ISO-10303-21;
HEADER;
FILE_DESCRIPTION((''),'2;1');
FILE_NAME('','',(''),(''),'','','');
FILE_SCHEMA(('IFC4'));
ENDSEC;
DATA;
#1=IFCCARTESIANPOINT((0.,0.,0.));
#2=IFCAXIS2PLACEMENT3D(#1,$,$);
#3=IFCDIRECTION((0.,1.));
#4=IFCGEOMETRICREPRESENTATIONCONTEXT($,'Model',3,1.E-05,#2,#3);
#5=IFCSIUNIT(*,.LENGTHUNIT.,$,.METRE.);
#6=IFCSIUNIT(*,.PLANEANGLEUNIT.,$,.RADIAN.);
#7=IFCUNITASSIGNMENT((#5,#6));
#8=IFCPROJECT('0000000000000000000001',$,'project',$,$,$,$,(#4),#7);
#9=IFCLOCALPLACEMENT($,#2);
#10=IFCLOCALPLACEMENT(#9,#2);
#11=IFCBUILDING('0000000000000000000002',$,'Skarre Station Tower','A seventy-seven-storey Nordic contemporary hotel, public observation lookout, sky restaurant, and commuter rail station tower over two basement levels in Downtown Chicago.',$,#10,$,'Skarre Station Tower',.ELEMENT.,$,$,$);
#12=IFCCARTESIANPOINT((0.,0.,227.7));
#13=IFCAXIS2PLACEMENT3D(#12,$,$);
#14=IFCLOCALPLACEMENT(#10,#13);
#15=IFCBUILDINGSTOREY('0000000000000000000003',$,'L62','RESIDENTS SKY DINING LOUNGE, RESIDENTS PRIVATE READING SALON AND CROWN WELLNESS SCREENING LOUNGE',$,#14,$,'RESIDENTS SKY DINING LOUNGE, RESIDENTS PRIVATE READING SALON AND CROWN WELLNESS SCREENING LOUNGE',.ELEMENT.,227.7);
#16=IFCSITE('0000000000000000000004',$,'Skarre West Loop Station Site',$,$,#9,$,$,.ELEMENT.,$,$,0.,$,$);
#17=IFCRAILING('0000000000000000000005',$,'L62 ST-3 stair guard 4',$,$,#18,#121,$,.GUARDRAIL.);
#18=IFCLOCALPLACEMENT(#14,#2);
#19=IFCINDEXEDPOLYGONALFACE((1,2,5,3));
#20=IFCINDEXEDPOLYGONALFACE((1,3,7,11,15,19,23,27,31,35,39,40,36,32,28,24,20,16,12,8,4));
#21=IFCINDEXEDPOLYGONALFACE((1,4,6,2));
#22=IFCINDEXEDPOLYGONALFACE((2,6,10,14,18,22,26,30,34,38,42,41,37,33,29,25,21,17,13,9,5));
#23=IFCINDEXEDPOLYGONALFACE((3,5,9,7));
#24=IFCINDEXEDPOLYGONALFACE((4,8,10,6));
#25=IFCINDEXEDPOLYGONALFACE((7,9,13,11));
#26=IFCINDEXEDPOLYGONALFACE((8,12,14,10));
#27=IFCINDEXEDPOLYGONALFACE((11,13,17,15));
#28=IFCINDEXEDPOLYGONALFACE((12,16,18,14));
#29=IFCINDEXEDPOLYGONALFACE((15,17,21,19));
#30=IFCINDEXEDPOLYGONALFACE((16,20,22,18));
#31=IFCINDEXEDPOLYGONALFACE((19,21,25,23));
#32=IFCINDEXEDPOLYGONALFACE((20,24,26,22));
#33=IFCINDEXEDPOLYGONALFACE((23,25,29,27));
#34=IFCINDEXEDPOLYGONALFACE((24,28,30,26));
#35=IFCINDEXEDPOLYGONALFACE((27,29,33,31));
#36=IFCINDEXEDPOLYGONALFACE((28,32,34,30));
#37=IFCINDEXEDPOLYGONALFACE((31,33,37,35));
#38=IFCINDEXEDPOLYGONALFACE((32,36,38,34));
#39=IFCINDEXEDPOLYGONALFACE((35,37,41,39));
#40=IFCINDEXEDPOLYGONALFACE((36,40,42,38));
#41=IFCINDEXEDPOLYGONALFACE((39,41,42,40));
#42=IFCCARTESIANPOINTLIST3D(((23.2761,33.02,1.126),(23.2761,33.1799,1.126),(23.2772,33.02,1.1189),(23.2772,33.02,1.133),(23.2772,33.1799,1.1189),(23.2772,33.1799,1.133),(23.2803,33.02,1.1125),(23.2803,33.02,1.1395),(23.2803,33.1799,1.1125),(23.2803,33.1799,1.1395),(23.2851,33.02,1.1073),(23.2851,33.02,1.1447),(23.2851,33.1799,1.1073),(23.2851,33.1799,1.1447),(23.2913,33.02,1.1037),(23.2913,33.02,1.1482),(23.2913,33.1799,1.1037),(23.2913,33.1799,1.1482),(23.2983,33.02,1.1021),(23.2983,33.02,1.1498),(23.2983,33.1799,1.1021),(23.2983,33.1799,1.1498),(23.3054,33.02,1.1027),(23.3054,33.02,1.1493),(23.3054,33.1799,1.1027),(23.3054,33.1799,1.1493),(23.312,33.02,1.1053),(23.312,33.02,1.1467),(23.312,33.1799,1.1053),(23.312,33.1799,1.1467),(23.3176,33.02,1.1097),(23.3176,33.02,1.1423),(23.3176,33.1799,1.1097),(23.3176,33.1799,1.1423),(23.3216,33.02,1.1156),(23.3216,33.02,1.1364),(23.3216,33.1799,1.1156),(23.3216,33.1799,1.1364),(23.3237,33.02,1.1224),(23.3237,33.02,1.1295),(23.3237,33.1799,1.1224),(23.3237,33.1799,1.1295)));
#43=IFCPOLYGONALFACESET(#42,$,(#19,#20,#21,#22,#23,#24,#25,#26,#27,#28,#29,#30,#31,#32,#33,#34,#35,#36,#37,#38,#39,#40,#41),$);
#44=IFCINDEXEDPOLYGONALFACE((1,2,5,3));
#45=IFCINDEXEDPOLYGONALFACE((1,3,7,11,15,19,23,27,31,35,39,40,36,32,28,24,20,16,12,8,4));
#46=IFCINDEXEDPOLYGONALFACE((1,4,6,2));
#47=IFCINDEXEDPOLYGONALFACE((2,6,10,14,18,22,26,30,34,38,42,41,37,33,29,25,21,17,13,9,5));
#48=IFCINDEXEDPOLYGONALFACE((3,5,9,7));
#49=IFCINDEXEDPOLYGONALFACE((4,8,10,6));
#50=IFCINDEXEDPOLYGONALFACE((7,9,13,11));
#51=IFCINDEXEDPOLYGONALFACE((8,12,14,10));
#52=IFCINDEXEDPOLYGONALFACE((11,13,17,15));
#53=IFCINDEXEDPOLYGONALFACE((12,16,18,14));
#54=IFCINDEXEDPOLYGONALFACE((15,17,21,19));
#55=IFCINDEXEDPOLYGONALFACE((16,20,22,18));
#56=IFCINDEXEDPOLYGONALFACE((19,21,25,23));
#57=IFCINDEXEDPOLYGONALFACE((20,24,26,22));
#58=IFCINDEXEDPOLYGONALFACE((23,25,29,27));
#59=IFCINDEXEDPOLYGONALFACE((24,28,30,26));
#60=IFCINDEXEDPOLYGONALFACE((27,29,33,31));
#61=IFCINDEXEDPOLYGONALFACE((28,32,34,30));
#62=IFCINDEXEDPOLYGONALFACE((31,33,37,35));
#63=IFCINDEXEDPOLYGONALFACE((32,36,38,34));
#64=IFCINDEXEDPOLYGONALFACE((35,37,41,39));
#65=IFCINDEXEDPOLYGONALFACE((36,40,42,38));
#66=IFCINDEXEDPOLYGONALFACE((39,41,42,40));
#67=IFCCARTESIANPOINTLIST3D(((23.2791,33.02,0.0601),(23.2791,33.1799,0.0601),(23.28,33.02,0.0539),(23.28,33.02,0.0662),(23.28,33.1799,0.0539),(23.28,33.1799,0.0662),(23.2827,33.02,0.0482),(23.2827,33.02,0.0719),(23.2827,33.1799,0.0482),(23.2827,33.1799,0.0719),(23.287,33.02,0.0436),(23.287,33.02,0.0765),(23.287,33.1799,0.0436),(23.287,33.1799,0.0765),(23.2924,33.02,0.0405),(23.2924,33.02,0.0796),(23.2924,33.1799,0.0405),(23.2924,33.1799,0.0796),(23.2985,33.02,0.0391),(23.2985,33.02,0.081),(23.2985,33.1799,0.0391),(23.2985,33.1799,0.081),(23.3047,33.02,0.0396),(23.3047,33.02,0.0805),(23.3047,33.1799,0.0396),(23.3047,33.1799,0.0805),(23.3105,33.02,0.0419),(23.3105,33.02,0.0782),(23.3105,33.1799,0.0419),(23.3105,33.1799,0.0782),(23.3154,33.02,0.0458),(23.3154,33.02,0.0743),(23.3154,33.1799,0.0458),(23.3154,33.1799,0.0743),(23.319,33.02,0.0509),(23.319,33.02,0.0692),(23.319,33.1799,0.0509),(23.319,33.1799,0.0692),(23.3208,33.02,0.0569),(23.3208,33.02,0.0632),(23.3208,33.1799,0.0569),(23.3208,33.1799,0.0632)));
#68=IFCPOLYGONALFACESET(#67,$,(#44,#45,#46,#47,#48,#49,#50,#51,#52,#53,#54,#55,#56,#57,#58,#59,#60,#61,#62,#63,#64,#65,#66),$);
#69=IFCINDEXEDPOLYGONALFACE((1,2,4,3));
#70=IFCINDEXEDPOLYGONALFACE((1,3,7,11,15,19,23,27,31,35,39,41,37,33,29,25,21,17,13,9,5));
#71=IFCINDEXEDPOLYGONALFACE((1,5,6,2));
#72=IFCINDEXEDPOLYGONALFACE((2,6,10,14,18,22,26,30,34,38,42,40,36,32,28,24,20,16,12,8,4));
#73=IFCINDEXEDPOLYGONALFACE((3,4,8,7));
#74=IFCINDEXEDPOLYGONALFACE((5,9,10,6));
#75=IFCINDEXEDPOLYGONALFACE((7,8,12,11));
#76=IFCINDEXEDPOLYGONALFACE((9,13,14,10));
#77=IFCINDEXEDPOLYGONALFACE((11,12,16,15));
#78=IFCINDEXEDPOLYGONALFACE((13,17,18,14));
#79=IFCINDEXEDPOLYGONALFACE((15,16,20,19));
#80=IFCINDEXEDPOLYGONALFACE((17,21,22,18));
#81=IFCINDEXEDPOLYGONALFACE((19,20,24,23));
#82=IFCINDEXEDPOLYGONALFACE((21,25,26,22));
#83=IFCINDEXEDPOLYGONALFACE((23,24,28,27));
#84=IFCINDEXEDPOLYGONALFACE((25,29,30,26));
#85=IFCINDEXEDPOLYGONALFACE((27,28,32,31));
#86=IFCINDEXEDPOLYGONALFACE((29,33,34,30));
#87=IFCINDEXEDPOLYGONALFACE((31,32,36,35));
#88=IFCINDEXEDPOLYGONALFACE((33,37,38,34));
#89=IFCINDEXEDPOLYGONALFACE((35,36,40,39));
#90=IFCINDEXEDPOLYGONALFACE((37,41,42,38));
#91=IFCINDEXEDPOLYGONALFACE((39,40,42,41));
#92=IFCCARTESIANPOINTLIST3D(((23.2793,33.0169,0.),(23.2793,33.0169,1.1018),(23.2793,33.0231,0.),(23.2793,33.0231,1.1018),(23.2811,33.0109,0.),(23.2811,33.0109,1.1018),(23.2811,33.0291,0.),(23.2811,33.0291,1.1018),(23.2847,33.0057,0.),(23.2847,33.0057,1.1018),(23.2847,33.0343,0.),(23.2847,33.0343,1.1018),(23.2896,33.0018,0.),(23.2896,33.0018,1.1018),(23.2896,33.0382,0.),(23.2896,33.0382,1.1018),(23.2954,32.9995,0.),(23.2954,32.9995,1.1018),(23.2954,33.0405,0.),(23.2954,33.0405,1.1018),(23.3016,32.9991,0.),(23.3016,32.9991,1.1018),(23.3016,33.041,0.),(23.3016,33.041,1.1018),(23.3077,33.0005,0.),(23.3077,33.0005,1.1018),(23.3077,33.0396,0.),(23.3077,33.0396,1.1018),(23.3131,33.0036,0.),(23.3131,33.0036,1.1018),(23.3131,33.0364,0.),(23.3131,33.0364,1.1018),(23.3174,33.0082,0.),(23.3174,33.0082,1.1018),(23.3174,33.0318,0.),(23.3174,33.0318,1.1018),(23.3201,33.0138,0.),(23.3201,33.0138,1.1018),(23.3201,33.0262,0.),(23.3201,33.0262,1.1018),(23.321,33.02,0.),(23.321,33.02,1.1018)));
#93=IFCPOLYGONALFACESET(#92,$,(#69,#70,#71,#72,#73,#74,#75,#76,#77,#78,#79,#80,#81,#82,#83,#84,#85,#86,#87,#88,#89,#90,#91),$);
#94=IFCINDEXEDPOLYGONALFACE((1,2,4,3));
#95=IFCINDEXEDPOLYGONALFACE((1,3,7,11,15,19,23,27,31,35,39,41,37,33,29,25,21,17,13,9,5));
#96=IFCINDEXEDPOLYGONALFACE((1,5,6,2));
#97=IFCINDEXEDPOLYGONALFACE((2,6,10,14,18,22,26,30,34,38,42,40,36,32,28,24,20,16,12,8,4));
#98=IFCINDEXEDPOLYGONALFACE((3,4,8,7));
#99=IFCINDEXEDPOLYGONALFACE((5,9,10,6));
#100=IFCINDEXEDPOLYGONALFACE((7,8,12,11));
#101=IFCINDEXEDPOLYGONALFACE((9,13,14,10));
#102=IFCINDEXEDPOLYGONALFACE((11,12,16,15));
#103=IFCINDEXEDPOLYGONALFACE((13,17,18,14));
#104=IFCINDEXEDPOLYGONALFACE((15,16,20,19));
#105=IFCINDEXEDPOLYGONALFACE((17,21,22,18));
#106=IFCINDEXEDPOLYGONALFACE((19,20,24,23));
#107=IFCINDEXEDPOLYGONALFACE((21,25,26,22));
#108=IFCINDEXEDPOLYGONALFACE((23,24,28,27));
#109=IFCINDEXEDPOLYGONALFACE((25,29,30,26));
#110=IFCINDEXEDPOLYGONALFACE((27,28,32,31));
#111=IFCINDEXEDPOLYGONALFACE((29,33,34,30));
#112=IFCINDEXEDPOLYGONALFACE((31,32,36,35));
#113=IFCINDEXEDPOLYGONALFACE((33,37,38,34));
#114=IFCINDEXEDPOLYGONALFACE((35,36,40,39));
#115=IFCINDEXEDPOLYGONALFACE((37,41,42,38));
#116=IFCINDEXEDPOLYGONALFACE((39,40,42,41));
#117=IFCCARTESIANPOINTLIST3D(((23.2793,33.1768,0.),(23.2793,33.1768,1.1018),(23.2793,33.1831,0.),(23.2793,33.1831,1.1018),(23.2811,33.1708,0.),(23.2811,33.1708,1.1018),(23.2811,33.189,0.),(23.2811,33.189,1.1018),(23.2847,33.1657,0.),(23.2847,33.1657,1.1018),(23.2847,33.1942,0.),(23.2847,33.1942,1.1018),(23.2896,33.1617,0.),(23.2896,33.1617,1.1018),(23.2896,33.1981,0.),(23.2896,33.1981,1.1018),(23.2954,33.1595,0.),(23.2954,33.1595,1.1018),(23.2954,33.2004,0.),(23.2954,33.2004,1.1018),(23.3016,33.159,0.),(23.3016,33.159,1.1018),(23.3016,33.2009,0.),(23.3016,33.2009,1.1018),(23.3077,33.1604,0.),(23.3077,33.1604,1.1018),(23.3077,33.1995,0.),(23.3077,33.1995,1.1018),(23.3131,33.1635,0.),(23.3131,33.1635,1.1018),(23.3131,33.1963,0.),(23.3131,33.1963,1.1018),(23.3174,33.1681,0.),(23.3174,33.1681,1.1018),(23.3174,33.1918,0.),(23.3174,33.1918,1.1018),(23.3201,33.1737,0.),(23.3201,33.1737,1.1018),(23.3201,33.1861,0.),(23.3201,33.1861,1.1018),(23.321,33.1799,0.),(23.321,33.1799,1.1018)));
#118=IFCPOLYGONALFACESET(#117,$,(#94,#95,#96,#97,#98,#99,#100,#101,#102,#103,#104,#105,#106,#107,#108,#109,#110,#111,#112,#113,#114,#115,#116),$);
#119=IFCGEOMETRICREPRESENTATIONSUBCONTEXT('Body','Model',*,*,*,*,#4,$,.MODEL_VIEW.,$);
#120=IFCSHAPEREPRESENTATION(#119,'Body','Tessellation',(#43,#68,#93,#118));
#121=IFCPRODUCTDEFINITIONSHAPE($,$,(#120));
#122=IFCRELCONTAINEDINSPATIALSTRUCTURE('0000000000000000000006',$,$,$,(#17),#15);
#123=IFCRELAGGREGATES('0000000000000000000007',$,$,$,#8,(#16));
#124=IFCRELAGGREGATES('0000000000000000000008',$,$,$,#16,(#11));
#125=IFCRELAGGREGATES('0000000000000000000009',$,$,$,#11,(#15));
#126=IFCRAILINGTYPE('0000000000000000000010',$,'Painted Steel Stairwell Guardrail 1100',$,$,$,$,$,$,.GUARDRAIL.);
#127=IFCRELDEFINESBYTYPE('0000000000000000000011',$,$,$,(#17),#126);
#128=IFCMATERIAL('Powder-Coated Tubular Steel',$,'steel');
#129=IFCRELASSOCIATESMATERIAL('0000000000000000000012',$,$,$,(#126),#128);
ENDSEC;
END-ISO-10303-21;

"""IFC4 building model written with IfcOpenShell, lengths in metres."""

from ifc_helpers import new_model, si_unit, direction, frame, origin, origin_2d, place, context, subcontext, project, spatial, circle, extrude, material, type_object, element, save


model = new_model("IFC4")

# Units and contexts
model_context = context("Model", 3, precision=1e-05, world=origin(), true_north=direction((0.0, 1.0)))
body_context = subcontext(model_context, "Body", "Model", "MODEL_VIEW")
ifc_project = project(units=[si_unit("LENGTHUNIT", "METRE"), si_unit("PLANEANGLEUNIT", "RADIAN")], contexts=[model_context])

# Site, building, storey
site_placement = place(None, origin())
site = spatial("IfcSite", under=ifc_project, at=site_placement, Name="Skarre West Loop Station Site", CompositionType="ELEMENT", RefElevation=0.0)
building_placement = place(site_placement, origin())
building = spatial("IfcBuilding", under=site, at=building_placement, Name="Skarre Station Tower", Description="A seventy-seven-storey Nordic contemporary hotel, public observation lookout, sky restaurant, and commuter rail station tower over two basement levels in Downtown Chicago.", LongName="Skarre Station Tower", CompositionType="ELEMENT")
storey_placement = place(building_placement, frame((0.0, 0.0, 227.7)))
storey = spatial("IfcBuildingStorey", under=building, at=storey_placement, Name="L62", Description="RESIDENTS SKY DINING LOUNGE, RESIDENTS PRIVATE READING SALON AND CROWN WELLNESS SCREENING LOUNGE", LongName="RESIDENTS SKY DINING LOUNGE, RESIDENTS PRIVATE READING SALON AND CROWN WELLNESS SCREENING LOUNGE", CompositionType="ELEMENT", Elevation=227.7)

# Railing
ifc_material_1 = material(Name="Powder-Coated Tubular Steel", Category="steel")
railing_type_1 = type_object("IfcRailingType", Name="Painted Steel Stairwell Guardrail 1100", PredefinedType="GUARDRAIL", material=ifc_material_1)
railing_1_placement = place(storey_placement, frame((23.3, 33.02, 0.0)))
element("IfcRailing", 1, at=railing_1_placement, inside=storey, type_object=railing_type_1, Name="L62 ST-3 stair guard 4", PredefinedType="GUARDRAIL", context=body_context, shape_type="SweptSolid", body=[
    extrude(circle(Radius=0.0239, at=origin_2d()), frame((0.0, 0.0, 1.126), z_axis=(0.0, 1.0, 0.0), x_axis=(-1.0, 0.0, 0.0)), (0.0, 0.0, 1.0), 0.1599),
    extrude(circle(Radius=0.021, at=origin_2d()), frame((0.0, 0.0, 0.0601), z_axis=(0.0, 1.0, 0.0), x_axis=(-1.0, 0.0, 0.0)), (0.0, 0.0, 1.0), 0.1599),
    extrude(circle(Radius=0.021, at=origin_2d()), origin(), (0.0, 0.0, 1.0), 1.1018),
    extrude(circle(Radius=0.021, at=origin_2d()), frame((0.0, 0.1599, 0.0)), (0.0, 0.0, 1.0), 1.1018),
])

save(model, "model.ifc")
